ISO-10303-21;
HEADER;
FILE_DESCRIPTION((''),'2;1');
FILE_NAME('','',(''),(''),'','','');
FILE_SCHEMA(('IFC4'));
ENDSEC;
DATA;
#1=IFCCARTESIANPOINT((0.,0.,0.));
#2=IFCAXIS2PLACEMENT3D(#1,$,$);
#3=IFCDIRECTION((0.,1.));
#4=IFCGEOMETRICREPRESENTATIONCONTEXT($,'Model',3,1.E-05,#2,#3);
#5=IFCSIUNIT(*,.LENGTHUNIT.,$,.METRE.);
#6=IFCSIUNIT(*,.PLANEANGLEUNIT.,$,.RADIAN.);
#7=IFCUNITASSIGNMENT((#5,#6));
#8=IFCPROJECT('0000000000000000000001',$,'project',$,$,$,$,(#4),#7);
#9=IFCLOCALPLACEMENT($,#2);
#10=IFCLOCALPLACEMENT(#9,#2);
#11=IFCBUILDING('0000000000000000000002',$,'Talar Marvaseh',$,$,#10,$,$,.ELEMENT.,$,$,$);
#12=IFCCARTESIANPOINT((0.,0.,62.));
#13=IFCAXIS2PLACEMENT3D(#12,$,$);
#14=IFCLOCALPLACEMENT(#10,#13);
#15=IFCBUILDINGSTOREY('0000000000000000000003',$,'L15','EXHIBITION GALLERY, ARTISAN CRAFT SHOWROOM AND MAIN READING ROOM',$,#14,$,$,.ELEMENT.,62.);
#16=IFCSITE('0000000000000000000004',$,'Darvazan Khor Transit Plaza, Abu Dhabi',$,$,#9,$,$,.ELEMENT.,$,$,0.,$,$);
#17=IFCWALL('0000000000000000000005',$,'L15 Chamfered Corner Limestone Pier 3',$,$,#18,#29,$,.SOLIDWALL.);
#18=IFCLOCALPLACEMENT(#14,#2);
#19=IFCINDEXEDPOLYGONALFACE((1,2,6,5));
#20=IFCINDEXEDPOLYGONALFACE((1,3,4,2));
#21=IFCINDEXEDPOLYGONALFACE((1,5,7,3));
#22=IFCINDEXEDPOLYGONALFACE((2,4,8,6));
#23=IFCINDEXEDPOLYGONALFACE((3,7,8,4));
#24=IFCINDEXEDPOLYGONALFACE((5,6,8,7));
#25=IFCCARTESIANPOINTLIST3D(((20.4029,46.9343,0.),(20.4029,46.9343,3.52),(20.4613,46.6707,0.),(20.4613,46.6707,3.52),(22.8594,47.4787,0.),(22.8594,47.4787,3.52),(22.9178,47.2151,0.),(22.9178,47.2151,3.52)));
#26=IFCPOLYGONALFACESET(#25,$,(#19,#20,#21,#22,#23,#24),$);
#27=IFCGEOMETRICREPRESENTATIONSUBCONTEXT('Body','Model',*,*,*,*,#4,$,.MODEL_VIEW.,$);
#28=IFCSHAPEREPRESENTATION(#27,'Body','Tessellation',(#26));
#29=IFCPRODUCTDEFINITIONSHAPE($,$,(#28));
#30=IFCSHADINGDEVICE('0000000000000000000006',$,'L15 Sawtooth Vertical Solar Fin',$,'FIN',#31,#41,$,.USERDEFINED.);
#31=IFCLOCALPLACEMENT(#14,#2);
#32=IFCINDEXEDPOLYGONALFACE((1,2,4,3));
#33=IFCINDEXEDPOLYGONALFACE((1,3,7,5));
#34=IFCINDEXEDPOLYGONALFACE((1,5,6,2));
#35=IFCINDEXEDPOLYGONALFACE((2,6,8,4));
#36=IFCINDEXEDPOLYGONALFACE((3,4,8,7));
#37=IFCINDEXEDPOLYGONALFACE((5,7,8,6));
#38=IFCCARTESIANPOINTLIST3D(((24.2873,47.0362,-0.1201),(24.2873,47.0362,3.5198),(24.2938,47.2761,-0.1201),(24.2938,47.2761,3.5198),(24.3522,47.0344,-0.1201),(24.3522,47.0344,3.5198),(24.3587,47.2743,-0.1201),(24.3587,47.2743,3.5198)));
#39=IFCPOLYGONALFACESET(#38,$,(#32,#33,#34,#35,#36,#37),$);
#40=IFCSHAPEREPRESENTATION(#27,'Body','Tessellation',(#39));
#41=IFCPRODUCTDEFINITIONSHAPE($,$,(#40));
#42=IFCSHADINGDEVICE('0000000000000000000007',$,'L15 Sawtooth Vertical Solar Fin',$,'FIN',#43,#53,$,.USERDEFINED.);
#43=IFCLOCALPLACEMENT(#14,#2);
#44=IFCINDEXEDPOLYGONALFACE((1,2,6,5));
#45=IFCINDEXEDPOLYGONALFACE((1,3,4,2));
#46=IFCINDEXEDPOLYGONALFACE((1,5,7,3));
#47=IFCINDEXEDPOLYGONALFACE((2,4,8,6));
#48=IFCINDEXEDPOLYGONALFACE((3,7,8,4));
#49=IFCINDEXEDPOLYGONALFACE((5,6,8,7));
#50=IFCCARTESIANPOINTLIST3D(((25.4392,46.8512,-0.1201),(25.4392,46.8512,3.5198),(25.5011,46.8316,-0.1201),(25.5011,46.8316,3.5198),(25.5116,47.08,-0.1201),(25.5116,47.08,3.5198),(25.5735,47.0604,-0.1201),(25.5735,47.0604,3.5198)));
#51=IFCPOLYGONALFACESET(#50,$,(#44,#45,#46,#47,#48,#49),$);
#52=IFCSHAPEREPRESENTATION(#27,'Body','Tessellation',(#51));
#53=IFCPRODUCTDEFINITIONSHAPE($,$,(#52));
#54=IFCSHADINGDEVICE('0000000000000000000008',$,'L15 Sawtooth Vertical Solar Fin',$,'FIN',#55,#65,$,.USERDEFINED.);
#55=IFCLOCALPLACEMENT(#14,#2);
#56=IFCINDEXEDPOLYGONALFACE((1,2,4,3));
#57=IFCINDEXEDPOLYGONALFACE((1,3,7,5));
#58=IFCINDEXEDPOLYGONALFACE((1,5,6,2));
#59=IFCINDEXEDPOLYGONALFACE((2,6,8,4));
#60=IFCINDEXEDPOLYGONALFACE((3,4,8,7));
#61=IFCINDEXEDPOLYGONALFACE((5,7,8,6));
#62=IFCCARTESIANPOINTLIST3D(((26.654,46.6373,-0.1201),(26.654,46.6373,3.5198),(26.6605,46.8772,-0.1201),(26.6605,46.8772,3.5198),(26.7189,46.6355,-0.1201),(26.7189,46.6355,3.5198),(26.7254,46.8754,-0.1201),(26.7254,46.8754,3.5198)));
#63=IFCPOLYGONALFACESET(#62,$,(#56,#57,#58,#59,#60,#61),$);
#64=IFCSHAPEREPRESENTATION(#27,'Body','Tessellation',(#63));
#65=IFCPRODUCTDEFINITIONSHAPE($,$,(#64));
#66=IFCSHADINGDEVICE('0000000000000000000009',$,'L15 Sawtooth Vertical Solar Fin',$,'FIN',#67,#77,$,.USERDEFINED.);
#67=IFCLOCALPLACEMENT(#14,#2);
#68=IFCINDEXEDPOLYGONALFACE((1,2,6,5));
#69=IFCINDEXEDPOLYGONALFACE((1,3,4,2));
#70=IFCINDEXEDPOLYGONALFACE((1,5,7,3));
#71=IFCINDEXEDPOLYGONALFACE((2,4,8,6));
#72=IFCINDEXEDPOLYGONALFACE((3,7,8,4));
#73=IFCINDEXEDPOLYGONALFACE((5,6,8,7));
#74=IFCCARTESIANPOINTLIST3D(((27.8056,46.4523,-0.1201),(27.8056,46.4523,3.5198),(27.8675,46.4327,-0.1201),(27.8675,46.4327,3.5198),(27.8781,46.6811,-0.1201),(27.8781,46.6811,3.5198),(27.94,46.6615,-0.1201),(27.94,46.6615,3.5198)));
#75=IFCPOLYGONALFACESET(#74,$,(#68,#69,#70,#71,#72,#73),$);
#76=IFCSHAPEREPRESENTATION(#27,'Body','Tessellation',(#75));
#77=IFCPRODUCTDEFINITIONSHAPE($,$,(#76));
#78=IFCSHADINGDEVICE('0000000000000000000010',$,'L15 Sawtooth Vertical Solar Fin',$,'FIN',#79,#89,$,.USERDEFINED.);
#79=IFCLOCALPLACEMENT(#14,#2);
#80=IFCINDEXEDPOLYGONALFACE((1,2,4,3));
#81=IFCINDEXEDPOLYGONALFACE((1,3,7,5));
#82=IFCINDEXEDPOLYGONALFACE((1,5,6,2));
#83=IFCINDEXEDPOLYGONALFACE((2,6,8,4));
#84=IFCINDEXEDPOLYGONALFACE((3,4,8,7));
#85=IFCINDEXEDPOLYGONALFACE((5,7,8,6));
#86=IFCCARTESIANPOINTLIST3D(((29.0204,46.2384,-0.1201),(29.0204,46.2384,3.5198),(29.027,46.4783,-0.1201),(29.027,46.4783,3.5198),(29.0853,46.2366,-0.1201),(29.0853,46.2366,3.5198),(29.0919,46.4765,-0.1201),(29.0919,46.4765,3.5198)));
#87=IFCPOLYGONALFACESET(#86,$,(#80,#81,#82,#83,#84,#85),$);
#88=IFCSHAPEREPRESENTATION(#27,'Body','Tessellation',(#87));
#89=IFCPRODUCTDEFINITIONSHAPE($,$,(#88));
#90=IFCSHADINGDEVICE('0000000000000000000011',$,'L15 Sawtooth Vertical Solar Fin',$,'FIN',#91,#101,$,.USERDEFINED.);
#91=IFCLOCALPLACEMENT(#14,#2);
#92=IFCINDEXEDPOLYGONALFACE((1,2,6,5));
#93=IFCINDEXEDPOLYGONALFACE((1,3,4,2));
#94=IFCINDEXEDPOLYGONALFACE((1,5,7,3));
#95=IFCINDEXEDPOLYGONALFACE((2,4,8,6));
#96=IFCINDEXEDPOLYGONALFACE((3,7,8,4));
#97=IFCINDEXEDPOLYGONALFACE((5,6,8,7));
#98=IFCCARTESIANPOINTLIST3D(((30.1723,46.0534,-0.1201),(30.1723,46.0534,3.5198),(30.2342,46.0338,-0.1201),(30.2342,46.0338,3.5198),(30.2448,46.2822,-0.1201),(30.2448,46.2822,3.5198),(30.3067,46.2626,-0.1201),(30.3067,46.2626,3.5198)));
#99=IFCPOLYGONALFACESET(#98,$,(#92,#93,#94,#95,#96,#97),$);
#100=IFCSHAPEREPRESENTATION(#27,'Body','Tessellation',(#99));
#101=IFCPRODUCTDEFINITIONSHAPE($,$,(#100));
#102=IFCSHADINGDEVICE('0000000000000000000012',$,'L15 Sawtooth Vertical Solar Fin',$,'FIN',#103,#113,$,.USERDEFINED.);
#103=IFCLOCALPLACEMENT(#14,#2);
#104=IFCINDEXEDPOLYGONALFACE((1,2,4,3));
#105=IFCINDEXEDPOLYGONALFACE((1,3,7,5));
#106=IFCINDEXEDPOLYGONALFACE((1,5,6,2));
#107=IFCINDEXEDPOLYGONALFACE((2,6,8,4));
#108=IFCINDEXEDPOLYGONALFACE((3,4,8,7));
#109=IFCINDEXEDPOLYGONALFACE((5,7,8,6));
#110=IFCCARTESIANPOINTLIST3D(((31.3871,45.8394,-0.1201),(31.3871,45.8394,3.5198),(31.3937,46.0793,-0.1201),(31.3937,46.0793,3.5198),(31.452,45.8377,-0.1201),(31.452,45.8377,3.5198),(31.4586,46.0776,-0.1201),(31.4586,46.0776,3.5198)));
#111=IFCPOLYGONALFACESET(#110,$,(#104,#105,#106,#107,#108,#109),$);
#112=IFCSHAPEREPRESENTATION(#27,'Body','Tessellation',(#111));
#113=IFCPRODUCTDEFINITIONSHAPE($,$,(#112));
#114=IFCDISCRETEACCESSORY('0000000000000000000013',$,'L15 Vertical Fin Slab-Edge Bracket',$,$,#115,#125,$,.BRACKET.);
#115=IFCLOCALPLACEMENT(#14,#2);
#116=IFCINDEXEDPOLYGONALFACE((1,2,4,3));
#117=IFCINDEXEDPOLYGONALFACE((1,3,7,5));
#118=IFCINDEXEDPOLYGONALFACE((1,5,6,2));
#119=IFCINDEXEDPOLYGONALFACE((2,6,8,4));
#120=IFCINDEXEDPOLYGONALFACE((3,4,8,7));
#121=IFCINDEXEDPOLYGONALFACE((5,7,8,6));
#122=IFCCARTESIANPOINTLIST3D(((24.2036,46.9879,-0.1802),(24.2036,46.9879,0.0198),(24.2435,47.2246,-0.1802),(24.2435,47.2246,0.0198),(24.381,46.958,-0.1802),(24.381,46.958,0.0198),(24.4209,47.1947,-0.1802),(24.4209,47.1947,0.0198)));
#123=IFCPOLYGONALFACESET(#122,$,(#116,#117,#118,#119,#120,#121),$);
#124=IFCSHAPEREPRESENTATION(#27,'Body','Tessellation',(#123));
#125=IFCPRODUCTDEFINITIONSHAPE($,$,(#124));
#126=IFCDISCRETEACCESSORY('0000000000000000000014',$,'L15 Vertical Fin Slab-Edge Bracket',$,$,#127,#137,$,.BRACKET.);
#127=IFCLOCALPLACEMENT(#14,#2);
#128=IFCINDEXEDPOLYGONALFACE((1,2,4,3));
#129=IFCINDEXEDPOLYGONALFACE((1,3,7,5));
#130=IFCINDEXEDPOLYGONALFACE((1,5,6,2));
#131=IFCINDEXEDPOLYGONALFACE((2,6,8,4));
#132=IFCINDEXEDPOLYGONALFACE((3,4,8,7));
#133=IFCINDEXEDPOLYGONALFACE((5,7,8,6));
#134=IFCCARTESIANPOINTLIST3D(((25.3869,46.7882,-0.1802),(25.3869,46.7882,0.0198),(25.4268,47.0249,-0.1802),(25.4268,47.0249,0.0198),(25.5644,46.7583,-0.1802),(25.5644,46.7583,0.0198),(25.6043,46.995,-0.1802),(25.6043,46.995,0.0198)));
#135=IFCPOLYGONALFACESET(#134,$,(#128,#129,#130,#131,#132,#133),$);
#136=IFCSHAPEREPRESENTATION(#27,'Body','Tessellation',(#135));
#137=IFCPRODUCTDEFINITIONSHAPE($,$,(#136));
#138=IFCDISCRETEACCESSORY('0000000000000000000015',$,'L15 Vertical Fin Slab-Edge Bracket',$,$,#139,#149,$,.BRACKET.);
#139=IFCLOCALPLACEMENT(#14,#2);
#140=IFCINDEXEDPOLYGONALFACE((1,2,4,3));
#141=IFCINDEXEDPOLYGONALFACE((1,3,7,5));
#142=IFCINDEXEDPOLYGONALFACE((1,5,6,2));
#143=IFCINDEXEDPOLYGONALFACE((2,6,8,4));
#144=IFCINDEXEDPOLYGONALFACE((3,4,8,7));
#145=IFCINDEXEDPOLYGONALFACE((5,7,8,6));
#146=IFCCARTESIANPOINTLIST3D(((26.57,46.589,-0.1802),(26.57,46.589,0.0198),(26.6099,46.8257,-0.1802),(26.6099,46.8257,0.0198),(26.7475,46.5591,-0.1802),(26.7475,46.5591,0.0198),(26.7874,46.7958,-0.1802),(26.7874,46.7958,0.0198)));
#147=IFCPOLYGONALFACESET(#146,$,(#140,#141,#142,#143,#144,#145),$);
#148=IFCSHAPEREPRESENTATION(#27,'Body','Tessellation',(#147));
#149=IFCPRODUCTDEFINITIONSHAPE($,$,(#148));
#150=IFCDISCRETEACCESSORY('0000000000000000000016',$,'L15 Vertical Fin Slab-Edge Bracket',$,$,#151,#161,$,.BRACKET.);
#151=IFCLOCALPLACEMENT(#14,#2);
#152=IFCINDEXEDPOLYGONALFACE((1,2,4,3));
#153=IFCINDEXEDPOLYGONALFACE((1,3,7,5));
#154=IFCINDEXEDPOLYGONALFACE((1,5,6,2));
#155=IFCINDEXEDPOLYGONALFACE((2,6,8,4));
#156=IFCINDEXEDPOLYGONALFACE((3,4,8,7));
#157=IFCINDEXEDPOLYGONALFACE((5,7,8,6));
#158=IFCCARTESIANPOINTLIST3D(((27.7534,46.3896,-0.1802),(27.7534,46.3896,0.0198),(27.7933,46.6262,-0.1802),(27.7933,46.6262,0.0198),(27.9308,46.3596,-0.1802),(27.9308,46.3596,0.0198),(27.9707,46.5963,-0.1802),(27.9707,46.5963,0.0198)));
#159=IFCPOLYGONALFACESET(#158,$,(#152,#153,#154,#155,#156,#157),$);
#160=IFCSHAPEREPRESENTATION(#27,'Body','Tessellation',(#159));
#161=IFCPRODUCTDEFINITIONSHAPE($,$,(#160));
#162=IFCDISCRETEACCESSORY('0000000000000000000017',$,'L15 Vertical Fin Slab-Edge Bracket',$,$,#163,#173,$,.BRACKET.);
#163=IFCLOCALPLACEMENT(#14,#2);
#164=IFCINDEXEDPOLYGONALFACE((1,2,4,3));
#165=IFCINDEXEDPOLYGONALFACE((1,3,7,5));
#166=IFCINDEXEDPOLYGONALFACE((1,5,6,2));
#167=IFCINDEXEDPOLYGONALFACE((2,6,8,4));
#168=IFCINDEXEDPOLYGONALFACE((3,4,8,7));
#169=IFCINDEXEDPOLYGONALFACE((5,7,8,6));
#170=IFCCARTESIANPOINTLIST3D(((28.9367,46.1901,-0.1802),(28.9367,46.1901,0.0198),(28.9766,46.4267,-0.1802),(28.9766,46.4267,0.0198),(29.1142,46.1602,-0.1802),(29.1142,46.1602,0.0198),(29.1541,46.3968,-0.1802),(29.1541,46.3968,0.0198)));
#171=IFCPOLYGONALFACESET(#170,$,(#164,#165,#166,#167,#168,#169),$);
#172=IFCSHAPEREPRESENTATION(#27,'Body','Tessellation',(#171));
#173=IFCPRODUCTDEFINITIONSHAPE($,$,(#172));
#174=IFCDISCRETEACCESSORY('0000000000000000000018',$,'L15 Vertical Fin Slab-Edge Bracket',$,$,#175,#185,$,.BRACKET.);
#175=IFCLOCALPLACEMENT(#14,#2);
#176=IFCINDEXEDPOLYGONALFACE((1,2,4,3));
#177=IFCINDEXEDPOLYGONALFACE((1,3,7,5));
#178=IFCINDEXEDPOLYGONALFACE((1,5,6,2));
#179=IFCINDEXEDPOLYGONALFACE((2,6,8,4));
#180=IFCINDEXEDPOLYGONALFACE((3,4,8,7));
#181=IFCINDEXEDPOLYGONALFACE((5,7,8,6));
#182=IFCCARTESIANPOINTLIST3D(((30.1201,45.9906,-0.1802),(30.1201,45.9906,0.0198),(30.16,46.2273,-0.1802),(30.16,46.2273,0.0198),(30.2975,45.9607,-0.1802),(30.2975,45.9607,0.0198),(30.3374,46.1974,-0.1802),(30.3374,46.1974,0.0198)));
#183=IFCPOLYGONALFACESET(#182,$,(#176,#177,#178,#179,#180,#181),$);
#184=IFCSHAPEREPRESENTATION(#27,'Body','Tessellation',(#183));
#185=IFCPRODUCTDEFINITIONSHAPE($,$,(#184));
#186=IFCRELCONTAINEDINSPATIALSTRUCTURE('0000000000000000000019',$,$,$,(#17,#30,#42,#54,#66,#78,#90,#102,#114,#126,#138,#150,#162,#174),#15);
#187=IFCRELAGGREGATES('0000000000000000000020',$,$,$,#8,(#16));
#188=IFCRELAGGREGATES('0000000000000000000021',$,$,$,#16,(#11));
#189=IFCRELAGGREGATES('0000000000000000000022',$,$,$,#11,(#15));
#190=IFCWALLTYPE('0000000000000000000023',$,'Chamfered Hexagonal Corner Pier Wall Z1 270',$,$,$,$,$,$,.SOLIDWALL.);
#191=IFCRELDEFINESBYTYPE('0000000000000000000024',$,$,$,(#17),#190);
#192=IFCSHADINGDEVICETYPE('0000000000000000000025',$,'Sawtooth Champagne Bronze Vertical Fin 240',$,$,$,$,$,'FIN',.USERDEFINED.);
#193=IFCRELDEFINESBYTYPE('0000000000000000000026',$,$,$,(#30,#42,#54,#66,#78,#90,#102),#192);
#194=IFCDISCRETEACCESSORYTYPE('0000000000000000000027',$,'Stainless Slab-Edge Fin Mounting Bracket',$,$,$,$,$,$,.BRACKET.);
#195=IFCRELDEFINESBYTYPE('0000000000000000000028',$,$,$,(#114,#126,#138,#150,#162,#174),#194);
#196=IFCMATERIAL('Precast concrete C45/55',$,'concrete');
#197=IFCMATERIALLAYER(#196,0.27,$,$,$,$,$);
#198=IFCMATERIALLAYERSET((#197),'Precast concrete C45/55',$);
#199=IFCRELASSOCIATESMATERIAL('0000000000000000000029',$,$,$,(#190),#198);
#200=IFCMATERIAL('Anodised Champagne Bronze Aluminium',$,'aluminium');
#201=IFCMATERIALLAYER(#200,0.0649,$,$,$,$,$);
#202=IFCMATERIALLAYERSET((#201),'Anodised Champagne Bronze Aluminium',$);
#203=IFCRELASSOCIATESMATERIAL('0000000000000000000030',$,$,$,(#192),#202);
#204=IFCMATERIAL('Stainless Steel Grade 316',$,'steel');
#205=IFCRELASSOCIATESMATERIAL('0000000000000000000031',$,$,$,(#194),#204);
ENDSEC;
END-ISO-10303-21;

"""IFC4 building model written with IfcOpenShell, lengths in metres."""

from ifc_helpers import new_model, si_unit, direction, frame, frame_2d, origin, origin_2d, place, context, subcontext, project, spatial, rectangle, extrude, source, transform, mapped, material, layer, layer_set, type_object, type_shapes, element, save


model = new_model("IFC4")

# Units and contexts
model_context = context("Model", 3, precision=1e-05, world=origin(), true_north=direction((0.0, 1.0)))
body_context = subcontext(model_context, "Body", "Model", "MODEL_VIEW")
ifc_project = project(units=[si_unit("LENGTHUNIT", "METRE"), si_unit("PLANEANGLEUNIT", "RADIAN")], contexts=[model_context])

# Site, building, storey
site_placement = place(None, origin())
site = spatial("IfcSite", under=ifc_project, at=site_placement, Name="Darvazan Khor Transit Plaza, Abu Dhabi", CompositionType="ELEMENT", RefElevation=0.0)
building_placement = place(site_placement, origin())
building = spatial("IfcBuilding", under=site, at=building_placement, Name="Talar Marvaseh", CompositionType="ELEMENT")
storey_placement = place(building_placement, frame((0.0, 0.0, 62.0)))
storey = spatial("IfcBuildingStorey", under=building, at=storey_placement, Name="L15", Description="EXHIBITION GALLERY, ARTISAN CRAFT SHOWROOM AND MAIN READING ROOM", CompositionType="ELEMENT", Elevation=62.0)

# Wall
ifc_material_1 = material(Name="Precast concrete C45/55", Category="concrete")
ifc_layer_1 = layer(ifc_material_1, 0.27)
ifc_layer_set_1 = layer_set([ifc_layer_1], Name="Precast concrete C45/55")
wall_type = type_object("IfcWallType", Name="Chamfered Hexagonal Corner Pier Wall Z1 270", PredefinedType="SOLIDWALL", material=ifc_layer_set_1)
wall_placement = place(storey_placement, frame((20.4321, 46.8025, 0.0), z_axis=(0.0, 0.0, 1.0), x_axis=(0.97631, 0.216376, 0.0)))
element("IfcWall", 1, at=wall_placement, inside=storey, type_object=wall_type, Name="L15 Chamfered Corner Limestone Pier 3", PredefinedType="SOLIDWALL", context=body_context, shape_type="SweptSolid", body=[
    extrude(rectangle(XDim=2.5161, YDim=0.27, at=frame_2d((1.2581, 0.0))), origin(), (0.0, 0.0, 1.0), 3.52),
])

# Shading devices
ifc_material_2 = material(Name="Anodised Champagne Bronze Aluminium", Category="aluminium")
ifc_layer_2 = layer(ifc_material_2, 0.0649)
ifc_layer_set_2 = layer_set([ifc_layer_2], Name="Anodised Champagne Bronze Aluminium")
shading_device_type = type_object("IfcShadingDeviceType", Name="Sawtooth Champagne Bronze Vertical Fin 240", ElementType="FIN", PredefinedType="USERDEFINED", material=ifc_layer_set_2)
shared_shape_1 = source(origin(), body_context, "Body", "SweptSolid", [
    extrude(rectangle(XDim=0.24, YDim=0.0649, at=origin_2d()), origin(), (0.0, 0.0, 1.0), 3.6399),
])
type_shapes(shading_device_type, [shared_shape_1])
for number, where, z_axis, x_axis, name in (
    (2, (24.323, 47.1553, -0.1201), (0.0, 0.0, 1.0), (0.027398, 0.999625, 0.0), "L15 Sawtooth Vertical Solar Fin"),
    (3, (25.5063, 46.9558, -0.1201), (0.0, 0.0, 1.0), (0.301871, 0.953349, 0.0), "L15 Sawtooth Vertical Solar Fin"),
    (4, (26.6897, 46.7563, -0.1201), (0.0, 0.0, 1.0), (0.027398, 0.999625, 0.0), "L15 Sawtooth Vertical Solar Fin"),
    (5, (27.8728, 46.5569, -0.1201), (0.0, 0.0, 1.0), (0.301871, 0.953349, 0.0), "L15 Sawtooth Vertical Solar Fin"),
    (6, (29.0562, 46.3574, -0.1201), (0.0, 0.0, 1.0), (0.027398, 0.999625, 0.0), "L15 Sawtooth Vertical Solar Fin"),
    (7, (30.2395, 46.158, -0.1201), (0.0, 0.0, 1.0), (0.301871, 0.953349, 0.0), "L15 Sawtooth Vertical Solar Fin"),
    (8, (31.4229, 45.9585, -0.1201), (0.0, 0.0, 1.0), (0.027398, 0.999625, 0.0), "L15 Sawtooth Vertical Solar Fin"),
):
    element("IfcShadingDevice", number, at=place(storey_placement, frame(where, z_axis=z_axis, x_axis=x_axis)), inside=storey, type_object=shading_device_type, Name=name, ObjectType="FIN", PredefinedType="USERDEFINED", context=body_context, shape_type="MappedRepresentation", body=[
        mapped(shared_shape_1, transform((0.0, 0.0, 0.0), x_axis=(1.0, 0.0, 0.0), y_axis=(0.0, 1.0, 0.0), z_axis=(0.0, 0.0, 1.0), scale=1.0)),
    ])

# Discrete accessories
ifc_material_3 = material(Name="Stainless Steel Grade 316", Category="steel")
discrete_accessory_type = type_object("IfcDiscreteAccessoryType", Name="Stainless Slab-Edge Fin Mounting Bracket", PredefinedType="BRACKET", material=ifc_material_3)
shared_shape_2 = source(origin(), body_context, "Body", "SweptSolid", [
    extrude(rectangle(XDim=0.24, YDim=0.1799, at=origin_2d()), origin(), (0.0, 0.0, 1.0), 0.2),
])
type_shapes(discrete_accessory_type, [shared_shape_2])
for number, where, z_axis, x_axis, name in (
    (9, (24.3123, 47.0913, -0.1802), (0.0, 0.0, 1.0), (0.166252, 0.986083, 0.0), "L15 Vertical Fin Slab-Edge Bracket"),
    (10, (25.4956, 46.8916, -0.1802), (0.0, 0.0, 1.0), (0.166252, 0.986083, 0.0), "L15 Vertical Fin Slab-Edge Bracket"),
    (11, (26.6787, 46.6924, -0.1802), (0.0, 0.0, 1.0), (0.166252, 0.986083, 0.0), "L15 Vertical Fin Slab-Edge Bracket"),
    (12, (27.8621, 46.4929, -0.1802), (0.0, 0.0, 1.0), (0.166252, 0.986083, 0.0), "L15 Vertical Fin Slab-Edge Bracket"),
    (13, (29.0454, 46.2935, -0.1802), (0.0, 0.0, 1.0), (0.166252, 0.986083, 0.0), "L15 Vertical Fin Slab-Edge Bracket"),
    (14, (30.2288, 46.094, -0.1802), (0.0, 0.0, 1.0), (0.166252, 0.986083, 0.0), "L15 Vertical Fin Slab-Edge Bracket"),
):
    element("IfcDiscreteAccessory", number, at=place(storey_placement, frame(where, z_axis=z_axis, x_axis=x_axis)), inside=storey, type_object=discrete_accessory_type, Name=name, PredefinedType="BRACKET", context=body_context, shape_type="MappedRepresentation", body=[
        mapped(shared_shape_2, transform((0.0, 0.0, 0.0), x_axis=(1.0, 0.0, 0.0), y_axis=(0.0, 1.0, 0.0), z_axis=(0.0, 0.0, 1.0), scale=1.0)),
    ])

save(model, "model.ifc")
